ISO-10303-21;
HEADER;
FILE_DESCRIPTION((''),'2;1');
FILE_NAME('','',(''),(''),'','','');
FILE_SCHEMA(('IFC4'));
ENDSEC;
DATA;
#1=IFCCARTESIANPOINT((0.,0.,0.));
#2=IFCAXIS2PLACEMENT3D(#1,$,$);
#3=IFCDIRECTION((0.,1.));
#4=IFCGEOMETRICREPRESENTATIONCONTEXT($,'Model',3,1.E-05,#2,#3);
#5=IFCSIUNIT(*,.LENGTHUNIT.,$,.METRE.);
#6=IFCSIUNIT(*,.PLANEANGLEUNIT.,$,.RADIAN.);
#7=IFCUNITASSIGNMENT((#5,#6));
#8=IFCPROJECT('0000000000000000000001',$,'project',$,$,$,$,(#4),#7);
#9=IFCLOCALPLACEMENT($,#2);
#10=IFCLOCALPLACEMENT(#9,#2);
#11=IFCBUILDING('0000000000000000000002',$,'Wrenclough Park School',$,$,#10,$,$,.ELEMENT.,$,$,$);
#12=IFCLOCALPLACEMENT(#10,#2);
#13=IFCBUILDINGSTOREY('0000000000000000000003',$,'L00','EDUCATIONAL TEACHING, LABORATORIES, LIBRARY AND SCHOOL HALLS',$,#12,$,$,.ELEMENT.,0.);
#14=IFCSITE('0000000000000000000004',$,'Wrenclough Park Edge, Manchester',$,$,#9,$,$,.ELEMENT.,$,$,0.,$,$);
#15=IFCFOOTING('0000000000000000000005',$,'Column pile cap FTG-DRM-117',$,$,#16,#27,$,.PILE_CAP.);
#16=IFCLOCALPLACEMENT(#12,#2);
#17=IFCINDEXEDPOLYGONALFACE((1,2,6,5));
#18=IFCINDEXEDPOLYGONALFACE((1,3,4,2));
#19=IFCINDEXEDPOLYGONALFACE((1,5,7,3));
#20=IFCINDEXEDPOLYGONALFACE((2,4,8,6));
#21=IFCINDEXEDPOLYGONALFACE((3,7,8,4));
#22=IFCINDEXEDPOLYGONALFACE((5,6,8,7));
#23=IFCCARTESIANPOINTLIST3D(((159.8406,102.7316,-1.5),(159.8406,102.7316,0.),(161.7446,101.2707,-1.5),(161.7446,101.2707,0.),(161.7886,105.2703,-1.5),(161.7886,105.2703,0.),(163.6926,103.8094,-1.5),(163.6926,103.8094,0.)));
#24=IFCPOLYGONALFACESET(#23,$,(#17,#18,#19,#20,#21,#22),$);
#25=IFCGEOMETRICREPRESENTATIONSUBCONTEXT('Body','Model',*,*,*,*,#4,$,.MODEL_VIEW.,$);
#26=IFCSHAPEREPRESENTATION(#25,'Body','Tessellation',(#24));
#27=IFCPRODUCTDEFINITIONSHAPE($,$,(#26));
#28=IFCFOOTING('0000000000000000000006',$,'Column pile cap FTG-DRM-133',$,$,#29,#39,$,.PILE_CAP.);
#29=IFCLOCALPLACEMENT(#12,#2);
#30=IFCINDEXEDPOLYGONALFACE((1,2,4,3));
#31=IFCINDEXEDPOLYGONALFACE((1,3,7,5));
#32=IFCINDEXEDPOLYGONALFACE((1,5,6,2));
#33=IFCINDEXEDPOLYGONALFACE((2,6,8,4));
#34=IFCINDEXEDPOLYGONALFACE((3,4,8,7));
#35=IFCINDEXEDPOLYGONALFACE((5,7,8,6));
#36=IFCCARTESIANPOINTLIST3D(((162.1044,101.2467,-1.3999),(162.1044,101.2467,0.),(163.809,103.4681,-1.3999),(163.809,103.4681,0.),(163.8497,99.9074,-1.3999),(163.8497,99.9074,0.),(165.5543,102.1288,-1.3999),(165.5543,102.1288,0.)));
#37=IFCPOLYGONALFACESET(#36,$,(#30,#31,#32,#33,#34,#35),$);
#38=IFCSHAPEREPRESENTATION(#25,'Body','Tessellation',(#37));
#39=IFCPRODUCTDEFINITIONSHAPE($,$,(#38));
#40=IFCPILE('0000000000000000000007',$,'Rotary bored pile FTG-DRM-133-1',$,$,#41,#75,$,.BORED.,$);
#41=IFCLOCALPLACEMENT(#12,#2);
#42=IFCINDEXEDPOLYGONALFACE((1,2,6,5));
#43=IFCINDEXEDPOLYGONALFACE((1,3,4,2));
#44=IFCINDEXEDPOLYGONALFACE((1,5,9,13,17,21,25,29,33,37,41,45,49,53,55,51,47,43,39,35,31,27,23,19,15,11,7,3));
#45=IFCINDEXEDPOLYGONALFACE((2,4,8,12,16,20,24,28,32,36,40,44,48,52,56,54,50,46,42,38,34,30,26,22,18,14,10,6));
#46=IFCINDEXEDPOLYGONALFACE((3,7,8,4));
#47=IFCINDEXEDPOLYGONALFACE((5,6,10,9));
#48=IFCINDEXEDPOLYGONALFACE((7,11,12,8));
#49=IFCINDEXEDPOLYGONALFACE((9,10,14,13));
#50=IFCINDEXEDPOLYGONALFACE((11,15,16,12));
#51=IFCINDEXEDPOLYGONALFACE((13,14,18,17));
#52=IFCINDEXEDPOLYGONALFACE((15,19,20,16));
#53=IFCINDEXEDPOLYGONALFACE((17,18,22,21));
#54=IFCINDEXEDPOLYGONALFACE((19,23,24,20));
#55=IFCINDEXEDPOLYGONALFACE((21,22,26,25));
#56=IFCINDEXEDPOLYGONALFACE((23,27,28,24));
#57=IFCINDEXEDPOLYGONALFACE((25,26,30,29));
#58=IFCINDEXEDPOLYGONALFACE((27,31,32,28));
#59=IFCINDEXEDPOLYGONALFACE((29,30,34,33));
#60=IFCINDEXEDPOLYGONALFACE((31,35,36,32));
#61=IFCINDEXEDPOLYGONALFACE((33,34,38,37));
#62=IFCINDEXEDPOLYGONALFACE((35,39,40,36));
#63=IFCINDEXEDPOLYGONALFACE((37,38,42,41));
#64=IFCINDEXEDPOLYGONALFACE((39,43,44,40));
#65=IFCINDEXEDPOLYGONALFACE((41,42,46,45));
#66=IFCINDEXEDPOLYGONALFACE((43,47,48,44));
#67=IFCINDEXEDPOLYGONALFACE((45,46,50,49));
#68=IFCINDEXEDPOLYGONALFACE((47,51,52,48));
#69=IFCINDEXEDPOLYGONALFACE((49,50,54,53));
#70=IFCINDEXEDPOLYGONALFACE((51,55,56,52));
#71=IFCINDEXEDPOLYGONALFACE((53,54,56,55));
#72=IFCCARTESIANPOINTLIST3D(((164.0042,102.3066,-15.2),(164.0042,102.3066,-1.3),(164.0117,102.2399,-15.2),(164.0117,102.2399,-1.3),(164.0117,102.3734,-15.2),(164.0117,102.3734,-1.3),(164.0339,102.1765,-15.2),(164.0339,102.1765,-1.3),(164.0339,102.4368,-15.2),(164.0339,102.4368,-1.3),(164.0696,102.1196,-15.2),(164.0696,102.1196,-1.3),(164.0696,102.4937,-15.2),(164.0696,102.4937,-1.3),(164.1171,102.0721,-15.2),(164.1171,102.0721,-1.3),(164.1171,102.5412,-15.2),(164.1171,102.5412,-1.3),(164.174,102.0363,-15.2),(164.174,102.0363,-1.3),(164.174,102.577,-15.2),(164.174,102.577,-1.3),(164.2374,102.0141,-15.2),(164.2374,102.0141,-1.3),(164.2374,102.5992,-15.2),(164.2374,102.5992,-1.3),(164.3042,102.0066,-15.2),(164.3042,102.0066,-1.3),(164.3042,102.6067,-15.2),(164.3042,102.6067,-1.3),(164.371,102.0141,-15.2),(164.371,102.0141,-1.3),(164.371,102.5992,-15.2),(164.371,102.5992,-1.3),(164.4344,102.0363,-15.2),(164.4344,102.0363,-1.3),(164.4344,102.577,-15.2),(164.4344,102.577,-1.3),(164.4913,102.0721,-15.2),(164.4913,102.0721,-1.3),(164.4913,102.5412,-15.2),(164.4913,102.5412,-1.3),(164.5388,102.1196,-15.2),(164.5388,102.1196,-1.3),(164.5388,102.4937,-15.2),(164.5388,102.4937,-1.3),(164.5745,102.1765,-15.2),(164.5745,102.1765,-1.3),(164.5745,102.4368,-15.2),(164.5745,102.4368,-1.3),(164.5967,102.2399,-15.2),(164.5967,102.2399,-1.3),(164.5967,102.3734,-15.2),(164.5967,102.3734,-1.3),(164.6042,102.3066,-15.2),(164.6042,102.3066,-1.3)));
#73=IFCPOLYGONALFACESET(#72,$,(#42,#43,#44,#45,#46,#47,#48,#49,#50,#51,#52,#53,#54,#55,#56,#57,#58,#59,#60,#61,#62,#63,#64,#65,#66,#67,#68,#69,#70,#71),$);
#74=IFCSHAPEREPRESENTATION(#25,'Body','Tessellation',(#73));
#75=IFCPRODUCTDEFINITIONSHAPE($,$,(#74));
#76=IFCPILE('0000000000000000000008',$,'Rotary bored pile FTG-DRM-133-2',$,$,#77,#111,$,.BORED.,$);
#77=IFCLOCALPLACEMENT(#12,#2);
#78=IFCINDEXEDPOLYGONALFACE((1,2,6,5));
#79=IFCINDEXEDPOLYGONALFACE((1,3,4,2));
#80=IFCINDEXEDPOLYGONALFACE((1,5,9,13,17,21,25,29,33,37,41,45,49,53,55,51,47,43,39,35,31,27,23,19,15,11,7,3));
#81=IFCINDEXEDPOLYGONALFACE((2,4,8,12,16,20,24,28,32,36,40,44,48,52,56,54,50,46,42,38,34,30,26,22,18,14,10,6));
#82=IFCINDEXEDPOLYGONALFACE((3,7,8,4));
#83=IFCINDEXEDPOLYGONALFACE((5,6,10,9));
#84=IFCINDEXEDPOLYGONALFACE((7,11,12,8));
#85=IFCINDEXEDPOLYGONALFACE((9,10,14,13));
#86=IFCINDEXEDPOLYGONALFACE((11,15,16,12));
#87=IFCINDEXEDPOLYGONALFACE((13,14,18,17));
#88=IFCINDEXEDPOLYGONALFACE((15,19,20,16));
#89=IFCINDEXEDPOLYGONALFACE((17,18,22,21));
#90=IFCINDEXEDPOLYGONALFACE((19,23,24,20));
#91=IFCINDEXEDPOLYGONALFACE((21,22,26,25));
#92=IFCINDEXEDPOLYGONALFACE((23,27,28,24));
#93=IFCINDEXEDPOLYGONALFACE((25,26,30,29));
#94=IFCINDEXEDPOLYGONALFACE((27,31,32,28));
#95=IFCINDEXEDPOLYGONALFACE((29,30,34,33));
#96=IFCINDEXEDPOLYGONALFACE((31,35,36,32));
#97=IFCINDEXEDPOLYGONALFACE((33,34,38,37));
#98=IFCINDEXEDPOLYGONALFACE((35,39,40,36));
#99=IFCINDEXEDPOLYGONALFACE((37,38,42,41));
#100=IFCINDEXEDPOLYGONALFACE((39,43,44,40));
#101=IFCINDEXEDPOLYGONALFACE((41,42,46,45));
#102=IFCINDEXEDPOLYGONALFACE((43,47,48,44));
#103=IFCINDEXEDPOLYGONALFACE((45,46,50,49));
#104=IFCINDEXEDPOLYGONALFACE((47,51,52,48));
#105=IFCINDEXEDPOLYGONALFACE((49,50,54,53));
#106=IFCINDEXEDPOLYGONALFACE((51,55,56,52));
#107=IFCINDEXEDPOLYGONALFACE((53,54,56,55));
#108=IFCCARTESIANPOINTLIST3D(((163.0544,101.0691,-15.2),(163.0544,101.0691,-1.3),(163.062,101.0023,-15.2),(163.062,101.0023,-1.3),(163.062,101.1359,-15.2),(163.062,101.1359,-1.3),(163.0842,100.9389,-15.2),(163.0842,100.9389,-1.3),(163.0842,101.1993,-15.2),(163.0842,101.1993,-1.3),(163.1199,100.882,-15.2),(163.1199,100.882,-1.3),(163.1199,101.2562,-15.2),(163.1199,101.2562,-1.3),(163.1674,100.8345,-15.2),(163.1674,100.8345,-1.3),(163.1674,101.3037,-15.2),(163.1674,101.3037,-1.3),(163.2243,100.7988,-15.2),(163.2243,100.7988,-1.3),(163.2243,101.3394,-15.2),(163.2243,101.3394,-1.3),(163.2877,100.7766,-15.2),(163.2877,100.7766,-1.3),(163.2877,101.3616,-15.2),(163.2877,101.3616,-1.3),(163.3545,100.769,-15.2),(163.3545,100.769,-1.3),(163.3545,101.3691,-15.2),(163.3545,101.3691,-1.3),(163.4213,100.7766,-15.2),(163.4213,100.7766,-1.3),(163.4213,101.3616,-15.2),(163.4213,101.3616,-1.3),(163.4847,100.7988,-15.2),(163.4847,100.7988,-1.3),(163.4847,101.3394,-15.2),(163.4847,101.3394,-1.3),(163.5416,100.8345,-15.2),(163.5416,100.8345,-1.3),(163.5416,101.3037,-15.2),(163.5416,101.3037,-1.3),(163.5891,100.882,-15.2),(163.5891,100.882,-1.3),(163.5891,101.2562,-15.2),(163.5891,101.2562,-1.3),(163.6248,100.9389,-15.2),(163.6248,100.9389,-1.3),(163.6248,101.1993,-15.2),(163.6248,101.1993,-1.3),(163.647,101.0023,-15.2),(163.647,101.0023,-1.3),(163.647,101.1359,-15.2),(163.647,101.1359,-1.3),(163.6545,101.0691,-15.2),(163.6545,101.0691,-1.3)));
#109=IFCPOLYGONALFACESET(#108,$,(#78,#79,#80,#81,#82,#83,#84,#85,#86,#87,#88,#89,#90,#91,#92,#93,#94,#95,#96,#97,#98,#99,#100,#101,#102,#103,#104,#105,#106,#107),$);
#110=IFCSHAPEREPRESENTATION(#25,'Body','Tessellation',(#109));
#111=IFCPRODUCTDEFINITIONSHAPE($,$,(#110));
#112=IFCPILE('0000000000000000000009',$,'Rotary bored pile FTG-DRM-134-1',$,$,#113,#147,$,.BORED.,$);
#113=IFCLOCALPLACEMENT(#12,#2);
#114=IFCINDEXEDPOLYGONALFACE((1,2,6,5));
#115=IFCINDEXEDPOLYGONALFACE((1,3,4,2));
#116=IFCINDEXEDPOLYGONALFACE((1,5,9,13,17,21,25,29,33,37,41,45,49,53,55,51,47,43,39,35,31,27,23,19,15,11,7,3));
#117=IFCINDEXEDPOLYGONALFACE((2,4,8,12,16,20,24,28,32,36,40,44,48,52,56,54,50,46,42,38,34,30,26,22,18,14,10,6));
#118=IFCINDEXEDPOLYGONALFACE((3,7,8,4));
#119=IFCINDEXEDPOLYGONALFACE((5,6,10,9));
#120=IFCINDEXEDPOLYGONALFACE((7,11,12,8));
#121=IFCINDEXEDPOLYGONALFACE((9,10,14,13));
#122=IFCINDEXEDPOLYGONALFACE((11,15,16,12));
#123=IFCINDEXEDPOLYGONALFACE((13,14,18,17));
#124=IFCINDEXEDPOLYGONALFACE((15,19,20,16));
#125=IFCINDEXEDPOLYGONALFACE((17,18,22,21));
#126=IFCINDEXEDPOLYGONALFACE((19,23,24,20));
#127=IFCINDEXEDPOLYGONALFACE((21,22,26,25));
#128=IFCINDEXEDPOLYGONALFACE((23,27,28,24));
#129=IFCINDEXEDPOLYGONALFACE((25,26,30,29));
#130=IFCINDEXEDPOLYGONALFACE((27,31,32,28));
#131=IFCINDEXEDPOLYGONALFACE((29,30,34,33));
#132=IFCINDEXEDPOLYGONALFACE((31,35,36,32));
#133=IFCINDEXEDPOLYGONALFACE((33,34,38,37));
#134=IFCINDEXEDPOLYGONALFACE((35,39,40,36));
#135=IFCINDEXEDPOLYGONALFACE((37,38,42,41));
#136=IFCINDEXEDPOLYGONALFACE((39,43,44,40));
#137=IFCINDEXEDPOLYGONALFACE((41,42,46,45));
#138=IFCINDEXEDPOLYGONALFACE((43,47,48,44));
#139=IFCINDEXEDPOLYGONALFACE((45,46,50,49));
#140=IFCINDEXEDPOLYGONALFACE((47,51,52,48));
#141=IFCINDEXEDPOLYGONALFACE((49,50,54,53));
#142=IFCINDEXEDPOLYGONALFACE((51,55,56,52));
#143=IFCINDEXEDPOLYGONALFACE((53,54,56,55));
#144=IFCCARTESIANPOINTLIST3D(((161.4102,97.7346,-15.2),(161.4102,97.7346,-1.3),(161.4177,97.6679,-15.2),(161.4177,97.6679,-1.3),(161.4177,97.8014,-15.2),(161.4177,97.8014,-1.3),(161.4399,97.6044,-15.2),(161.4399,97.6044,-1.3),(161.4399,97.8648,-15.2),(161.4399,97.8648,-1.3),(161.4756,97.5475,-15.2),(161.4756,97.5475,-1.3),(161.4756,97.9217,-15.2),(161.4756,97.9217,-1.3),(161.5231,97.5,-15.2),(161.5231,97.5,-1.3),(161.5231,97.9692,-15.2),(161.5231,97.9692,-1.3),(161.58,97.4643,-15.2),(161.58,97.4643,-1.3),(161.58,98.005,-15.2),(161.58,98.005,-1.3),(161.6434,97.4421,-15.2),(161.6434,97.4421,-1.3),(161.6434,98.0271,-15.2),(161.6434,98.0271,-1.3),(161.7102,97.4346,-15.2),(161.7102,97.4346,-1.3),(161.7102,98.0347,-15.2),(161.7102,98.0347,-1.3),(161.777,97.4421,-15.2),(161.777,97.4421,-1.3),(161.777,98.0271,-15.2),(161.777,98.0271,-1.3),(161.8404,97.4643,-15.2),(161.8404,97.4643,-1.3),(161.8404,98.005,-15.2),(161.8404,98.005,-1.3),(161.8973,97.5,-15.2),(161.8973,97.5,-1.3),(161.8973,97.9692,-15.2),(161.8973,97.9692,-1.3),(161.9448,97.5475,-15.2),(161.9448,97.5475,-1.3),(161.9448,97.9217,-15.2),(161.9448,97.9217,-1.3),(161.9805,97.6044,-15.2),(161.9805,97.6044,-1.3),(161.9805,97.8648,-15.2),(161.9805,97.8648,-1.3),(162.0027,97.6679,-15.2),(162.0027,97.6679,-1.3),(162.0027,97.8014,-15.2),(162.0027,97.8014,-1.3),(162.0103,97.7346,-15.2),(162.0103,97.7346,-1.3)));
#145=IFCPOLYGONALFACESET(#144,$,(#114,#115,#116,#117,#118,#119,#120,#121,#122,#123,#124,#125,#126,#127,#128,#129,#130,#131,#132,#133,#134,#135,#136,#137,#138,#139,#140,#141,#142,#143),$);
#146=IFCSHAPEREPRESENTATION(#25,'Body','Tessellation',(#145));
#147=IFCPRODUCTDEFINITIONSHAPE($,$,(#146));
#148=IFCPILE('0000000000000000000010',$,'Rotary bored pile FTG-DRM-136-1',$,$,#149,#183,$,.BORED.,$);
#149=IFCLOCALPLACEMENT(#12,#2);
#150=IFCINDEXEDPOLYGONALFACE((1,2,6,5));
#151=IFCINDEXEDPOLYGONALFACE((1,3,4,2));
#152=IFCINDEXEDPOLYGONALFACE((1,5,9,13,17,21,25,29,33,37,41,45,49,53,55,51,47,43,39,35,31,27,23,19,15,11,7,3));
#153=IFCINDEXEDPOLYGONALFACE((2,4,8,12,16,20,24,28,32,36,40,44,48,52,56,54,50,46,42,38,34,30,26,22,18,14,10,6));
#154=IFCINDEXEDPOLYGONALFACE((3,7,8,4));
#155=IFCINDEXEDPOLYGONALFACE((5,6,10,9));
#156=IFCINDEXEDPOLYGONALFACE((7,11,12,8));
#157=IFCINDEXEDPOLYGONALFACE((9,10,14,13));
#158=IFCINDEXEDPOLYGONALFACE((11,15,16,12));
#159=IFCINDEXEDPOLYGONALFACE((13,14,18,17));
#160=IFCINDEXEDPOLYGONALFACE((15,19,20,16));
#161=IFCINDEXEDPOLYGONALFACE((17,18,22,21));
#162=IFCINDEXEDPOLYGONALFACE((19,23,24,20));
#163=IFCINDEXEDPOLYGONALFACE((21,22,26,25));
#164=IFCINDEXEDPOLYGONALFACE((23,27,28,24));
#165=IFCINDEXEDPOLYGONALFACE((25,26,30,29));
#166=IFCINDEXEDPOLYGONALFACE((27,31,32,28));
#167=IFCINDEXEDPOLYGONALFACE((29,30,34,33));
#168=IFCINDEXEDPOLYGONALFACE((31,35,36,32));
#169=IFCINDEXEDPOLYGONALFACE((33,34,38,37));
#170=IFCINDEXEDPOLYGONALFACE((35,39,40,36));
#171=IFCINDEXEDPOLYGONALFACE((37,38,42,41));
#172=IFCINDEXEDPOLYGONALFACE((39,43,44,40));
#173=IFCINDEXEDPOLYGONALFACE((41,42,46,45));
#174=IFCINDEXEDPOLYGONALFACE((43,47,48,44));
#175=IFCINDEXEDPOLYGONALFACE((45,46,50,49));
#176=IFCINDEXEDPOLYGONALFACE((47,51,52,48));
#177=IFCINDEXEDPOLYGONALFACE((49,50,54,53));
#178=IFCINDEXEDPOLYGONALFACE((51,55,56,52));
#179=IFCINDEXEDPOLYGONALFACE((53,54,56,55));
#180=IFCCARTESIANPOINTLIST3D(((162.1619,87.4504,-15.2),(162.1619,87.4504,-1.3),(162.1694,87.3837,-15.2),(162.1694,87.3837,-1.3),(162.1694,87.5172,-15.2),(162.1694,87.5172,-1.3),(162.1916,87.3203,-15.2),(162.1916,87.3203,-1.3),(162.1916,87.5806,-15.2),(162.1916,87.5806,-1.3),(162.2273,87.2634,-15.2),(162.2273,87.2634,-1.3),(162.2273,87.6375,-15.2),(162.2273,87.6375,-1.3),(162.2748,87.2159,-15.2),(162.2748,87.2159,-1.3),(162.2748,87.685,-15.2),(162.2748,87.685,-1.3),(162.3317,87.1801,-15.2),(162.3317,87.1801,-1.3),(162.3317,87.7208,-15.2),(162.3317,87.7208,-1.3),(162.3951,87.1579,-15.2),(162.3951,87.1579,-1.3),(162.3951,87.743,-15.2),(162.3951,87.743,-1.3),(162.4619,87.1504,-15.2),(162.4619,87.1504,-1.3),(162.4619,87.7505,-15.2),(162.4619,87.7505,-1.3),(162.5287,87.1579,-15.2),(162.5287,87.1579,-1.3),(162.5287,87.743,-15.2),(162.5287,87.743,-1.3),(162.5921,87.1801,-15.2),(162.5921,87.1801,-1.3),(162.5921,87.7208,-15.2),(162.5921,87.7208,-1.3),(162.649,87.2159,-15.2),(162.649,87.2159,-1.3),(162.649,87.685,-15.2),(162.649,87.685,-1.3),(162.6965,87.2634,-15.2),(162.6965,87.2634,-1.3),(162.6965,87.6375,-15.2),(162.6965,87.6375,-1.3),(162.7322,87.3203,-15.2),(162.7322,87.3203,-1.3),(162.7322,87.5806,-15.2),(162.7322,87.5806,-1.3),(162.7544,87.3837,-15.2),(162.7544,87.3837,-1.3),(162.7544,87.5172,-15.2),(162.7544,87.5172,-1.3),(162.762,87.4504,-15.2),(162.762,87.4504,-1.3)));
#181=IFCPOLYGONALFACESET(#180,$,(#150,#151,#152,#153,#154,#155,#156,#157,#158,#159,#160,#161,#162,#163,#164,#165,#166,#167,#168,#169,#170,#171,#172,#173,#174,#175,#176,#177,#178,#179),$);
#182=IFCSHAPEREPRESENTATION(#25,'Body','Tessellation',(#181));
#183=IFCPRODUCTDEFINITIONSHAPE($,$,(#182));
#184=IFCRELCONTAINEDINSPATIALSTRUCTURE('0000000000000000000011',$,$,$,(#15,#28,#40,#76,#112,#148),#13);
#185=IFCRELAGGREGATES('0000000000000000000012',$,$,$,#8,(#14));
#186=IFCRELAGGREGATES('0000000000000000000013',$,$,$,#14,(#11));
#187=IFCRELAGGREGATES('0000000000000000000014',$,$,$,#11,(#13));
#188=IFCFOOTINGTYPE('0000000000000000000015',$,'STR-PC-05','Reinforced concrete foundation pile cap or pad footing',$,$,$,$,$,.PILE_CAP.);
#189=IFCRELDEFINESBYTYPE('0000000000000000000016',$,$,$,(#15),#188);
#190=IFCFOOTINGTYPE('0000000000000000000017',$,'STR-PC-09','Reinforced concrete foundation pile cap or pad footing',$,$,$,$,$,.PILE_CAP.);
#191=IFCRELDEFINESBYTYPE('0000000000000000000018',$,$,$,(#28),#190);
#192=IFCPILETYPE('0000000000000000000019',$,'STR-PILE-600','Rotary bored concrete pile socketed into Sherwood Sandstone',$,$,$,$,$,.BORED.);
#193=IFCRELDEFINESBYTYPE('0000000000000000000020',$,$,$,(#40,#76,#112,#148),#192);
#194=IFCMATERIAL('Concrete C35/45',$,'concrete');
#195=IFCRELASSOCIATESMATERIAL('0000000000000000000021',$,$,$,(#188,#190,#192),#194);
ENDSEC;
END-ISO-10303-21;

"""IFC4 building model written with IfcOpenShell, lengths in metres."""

from ifc_helpers import new_model, si_unit, direction, frame, origin, origin_2d, place, context, subcontext, project, spatial, rectangle, circle, extrude, material, material_profile, profile_set, type_object, element, save


model = new_model("IFC4")

# Units and contexts
model_context = context("Model", 3, precision=1e-05, world=origin(), true_north=direction((0.0, 1.0)))
body_context = subcontext(model_context, "Body", "Model", "MODEL_VIEW")
ifc_project = project(units=[si_unit("LENGTHUNIT", "METRE"), si_unit("PLANEANGLEUNIT", "RADIAN")], contexts=[model_context])

# Site, building, storey
site_placement = place(None, origin())
site = spatial("IfcSite", under=ifc_project, at=site_placement, Name="Wrenclough Park Edge, Manchester", CompositionType="ELEMENT", RefElevation=0.0)
building_placement = place(site_placement, origin())
building = spatial("IfcBuilding", under=site, at=building_placement, Name="Wrenclough Park School", CompositionType="ELEMENT")
storey_placement = place(building_placement, origin())
storey = spatial("IfcBuildingStorey", under=building, at=storey_placement, Name="L00", Description="EDUCATIONAL TEACHING, LABORATORIES, LIBRARY AND SCHOOL HALLS", CompositionType="ELEMENT", Elevation=0.0)

# Footings
ifc_material_1 = material(Name="Concrete C35/45", Category="concrete")
footing_type_1 = type_object("IfcFootingType", Name="STR-PC-05", Description="Reinforced concrete foundation pile cap or pad footing", PredefinedType="PILE_CAP", material=ifc_material_1)
footing_1_placement = place(storey_placement, frame((161.7666, 103.2705, -1.5), z_axis=(0.0, 0.0, 1.0), x_axis=(-0.608761, -0.793353, 0.0)))
element("IfcFooting", 1, at=footing_1_placement, inside=storey, type_object=footing_type_1, Name="Column pile cap FTG-DRM-117", PredefinedType="PILE_CAP", context=body_context, shape_type="SweptSolid", body=[
    extrude(rectangle(XDim=3.2, YDim=2.3999, at=origin_2d()), origin(), (0.0, 0.0, 1.0), 1.5),
])
footing_type_2 = type_object("IfcFootingType", Name="STR-PC-09", Description="Reinforced concrete foundation pile cap or pad footing", PredefinedType="PILE_CAP", material=ifc_material_1)
footing_2_placement = place(storey_placement, frame((163.8293, 101.6877, -1.3999), z_axis=(0.0, 0.0, 1.0), x_axis=(-0.608761, -0.793353, 0.0)))
element("IfcFooting", 2, at=footing_2_placement, inside=storey, type_object=footing_type_2, Name="Column pile cap FTG-DRM-133", PredefinedType="PILE_CAP", context=body_context, shape_type="SweptSolid", body=[
    extrude(rectangle(XDim=2.8, YDim=2.2, at=origin_2d()), origin(), (0.0, 0.0, 1.0), 1.3999),
])

# Piles
ifc_material_profile_1 = material_profile(ifc_material_1, circle(Radius=0.3, at=origin_2d()), Name="BORED PILE D600")
ifc_profile_set_1 = profile_set([ifc_material_profile_1], Name="Concrete C35/45")
pile_type_1 = type_object("IfcPileType", Name="STR-PILE-600", Description="Rotary bored concrete pile socketed into Sherwood Sandstone", PredefinedType="BORED", material=ifc_profile_set_1)
for number, where, z_axis, x_axis, name in (
    (3, (164.3042, 102.3066, -1.3), (0.0, 0.0, -1.0), (1.0, 0.0, 0.0), "Rotary bored pile FTG-DRM-133-1"),
    (4, (163.3545, 101.0691, -1.3), (0.0, 0.0, -1.0), (1.0, 0.0, 0.0), "Rotary bored pile FTG-DRM-133-2"),
    (5, (161.7102, 97.7346, -1.3), (0.0, 0.0, -1.0), (1.0, 0.0, 0.0), "Rotary bored pile FTG-DRM-134-1"),
    (6, (162.4619, 87.4504, -1.3), (0.0, 0.0, -1.0), (1.0, 0.0, 0.0), "Rotary bored pile FTG-DRM-136-1"),
):
    element("IfcPile", number, at=place(storey_placement, frame(where, z_axis=z_axis, x_axis=x_axis)), inside=storey, type_object=pile_type_1, Name=name, PredefinedType="BORED", context=body_context, shape_type="SweptSolid", body=[
        extrude(circle(Radius=0.3, at=origin_2d()), origin(), (0.0, 0.0, 1.0), 13.8999),
    ])

save(model, "model.ifc")
